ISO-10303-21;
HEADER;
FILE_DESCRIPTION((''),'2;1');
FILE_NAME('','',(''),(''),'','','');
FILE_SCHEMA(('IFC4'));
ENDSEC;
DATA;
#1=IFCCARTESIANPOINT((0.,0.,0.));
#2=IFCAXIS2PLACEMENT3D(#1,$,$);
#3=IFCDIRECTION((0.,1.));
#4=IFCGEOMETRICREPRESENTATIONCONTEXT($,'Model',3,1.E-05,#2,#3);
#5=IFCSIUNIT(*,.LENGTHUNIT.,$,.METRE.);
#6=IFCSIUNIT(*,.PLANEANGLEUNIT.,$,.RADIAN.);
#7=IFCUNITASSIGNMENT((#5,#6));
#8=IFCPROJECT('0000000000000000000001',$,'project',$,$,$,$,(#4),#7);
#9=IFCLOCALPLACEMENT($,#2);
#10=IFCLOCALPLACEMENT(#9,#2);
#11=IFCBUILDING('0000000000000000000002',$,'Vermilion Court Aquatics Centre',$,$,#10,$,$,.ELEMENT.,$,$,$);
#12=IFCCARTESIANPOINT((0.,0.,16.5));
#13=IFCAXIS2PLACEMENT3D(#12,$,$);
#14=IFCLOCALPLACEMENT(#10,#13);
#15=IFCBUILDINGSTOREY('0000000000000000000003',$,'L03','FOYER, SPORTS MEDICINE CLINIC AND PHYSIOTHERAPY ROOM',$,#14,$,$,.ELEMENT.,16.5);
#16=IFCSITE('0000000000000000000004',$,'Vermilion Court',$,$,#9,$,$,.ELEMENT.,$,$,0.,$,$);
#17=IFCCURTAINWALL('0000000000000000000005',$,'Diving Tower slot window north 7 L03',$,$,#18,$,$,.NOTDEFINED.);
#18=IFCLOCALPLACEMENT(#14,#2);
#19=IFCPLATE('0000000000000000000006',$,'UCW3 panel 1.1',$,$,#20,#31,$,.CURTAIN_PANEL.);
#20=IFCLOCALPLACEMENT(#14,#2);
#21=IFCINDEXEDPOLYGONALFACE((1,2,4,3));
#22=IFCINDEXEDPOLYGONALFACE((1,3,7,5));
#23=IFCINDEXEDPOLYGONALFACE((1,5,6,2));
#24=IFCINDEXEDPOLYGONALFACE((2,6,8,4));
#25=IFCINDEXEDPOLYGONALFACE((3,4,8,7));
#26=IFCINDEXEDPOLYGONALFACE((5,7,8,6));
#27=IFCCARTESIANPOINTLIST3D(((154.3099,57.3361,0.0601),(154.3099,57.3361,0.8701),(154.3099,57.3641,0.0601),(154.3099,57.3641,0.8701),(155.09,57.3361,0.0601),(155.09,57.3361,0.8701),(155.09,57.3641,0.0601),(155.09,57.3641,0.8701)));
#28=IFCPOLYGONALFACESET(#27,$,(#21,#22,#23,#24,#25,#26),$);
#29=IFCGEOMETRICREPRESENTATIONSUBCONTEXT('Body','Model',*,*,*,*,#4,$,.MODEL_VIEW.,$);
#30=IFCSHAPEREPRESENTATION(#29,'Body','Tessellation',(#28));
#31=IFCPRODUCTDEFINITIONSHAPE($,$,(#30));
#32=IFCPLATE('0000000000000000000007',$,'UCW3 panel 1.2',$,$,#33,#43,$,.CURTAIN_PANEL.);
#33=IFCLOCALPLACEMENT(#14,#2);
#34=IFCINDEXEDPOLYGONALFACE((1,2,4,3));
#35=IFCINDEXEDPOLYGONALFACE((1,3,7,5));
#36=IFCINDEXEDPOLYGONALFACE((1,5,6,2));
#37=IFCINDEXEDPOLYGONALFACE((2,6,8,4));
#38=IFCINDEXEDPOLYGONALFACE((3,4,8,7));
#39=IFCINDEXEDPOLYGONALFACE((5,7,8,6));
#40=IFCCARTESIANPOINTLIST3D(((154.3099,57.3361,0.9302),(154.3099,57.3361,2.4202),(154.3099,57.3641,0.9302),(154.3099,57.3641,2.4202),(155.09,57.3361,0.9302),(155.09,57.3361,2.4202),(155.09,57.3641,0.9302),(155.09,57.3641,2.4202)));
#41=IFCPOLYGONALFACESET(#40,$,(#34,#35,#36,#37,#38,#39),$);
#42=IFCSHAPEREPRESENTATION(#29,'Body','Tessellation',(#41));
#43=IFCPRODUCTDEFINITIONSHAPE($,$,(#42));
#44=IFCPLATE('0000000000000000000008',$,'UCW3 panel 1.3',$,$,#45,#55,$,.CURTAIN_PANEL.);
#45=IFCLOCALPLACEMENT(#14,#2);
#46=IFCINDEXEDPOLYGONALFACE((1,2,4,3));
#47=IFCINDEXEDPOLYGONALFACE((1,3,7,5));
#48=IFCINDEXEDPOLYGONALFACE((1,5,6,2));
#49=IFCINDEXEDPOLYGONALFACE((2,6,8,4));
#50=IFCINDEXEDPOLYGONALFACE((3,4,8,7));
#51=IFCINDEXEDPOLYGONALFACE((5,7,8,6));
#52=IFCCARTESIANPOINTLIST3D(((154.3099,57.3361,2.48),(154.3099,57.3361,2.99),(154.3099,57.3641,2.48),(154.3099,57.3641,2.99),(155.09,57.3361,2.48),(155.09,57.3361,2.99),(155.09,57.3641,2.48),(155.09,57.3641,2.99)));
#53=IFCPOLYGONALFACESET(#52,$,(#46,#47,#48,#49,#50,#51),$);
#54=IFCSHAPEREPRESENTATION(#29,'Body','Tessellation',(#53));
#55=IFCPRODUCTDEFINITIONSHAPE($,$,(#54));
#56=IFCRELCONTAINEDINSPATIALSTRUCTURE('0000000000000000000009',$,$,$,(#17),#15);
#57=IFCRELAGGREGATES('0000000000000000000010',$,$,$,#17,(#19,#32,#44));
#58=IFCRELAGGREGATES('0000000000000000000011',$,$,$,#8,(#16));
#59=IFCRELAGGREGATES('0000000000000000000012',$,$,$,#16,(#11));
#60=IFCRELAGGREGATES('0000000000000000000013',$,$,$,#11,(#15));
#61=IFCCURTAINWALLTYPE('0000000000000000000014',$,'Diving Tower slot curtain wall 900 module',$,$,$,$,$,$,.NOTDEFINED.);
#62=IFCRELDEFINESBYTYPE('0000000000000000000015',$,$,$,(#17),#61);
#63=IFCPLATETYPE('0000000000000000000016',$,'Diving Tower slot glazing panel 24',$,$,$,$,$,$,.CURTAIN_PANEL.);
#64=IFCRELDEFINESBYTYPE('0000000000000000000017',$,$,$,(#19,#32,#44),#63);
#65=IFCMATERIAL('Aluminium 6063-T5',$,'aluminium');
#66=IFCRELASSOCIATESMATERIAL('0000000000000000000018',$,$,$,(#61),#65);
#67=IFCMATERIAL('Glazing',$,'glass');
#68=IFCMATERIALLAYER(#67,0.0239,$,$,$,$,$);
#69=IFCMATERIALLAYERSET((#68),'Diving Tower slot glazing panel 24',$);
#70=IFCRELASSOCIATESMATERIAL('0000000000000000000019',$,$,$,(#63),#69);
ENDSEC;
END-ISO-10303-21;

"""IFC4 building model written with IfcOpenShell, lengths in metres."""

from ifc_helpers import new_model, si_unit, direction, frame, origin, origin_2d, place, context, subcontext, project, spatial, rectangle, extrude, material, layer, layer_set, type_object, element, aggregate, save


model = new_model("IFC4")

# Units and contexts
model_context = context("Model", 3, precision=1e-05, world=origin(), true_north=direction((0.0, 1.0)))
body_context = subcontext(model_context, "Body", "Model", "MODEL_VIEW")
ifc_project = project(units=[si_unit("LENGTHUNIT", "METRE"), si_unit("PLANEANGLEUNIT", "RADIAN")], contexts=[model_context])

# Site, building, storey
site_placement = place(None, origin())
site = spatial("IfcSite", under=ifc_project, at=site_placement, Name="Vermilion Court", CompositionType="ELEMENT", RefElevation=0.0)
building_placement = place(site_placement, origin())
building = spatial("IfcBuilding", under=site, at=building_placement, Name="Vermilion Court Aquatics Centre", CompositionType="ELEMENT")
storey_placement = place(building_placement, frame((0.0, 0.0, 16.5)))
storey = spatial("IfcBuildingStorey", under=building, at=storey_placement, Name="L03", Description="FOYER, SPORTS MEDICINE CLINIC AND PHYSIOTHERAPY ROOM", CompositionType="ELEMENT", Elevation=16.5)

# Shared definitions
ifc_material_1 = material(Name="Aluminium 6063-T5", Category="aluminium")
curtain_wall_type = type_object("IfcCurtainWallType", Name="Diving Tower slot curtain wall 900 module", PredefinedType="NOTDEFINED", material=ifc_material_1)

# Curtain wall
curtain_wall_1_placement = place(storey_placement, origin())
curtain_wall_1 = element("IfcCurtainWall", 1, at=curtain_wall_1_placement, inside=storey, type_object=curtain_wall_type, Name="Diving Tower slot window north 7 L03", PredefinedType="NOTDEFINED")

# Plates
ifc_material_2 = material(Name="Glazing", Category="glass")
ifc_layer = layer(ifc_material_2, 0.0239)
ifc_layer_set = layer_set([ifc_layer], Name="Diving Tower slot glazing panel 24")
plate_type = type_object("IfcPlateType", Name="Diving Tower slot glazing panel 24", PredefinedType="CURTAIN_PANEL", material=ifc_layer_set)
plate_1_placement = place(storey_placement, frame((154.7, 57.3501, 0.0601), z_axis=(0.0, 0.0, 1.0), x_axis=(1.0, 0.0, 0.0)))
plate_1 = element("IfcPlate", 2, at=plate_1_placement, type_object=plate_type, Name="UCW3 panel 1.1", PredefinedType="CURTAIN_PANEL", context=body_context, shape_type="SweptSolid", body=[
    extrude(rectangle(XDim=0.78, YDim=0.0281, at=origin_2d()), origin(), (0.0, 0.0, 1.0), 0.8101),
])
plate_2_placement = place(storey_placement, frame((154.7, 57.3501, 0.9302), z_axis=(0.0, 0.0, 1.0), x_axis=(1.0, 0.0, 0.0)))
plate_2 = element("IfcPlate", 3, at=plate_2_placement, type_object=plate_type, Name="UCW3 panel 1.2", PredefinedType="CURTAIN_PANEL", context=body_context, shape_type="SweptSolid", body=[
    extrude(rectangle(XDim=0.78, YDim=0.0281, at=origin_2d()), origin(), (0.0, 0.0, 1.0), 1.49),
])
plate_3_placement = place(storey_placement, frame((154.7, 57.3501, 2.48), z_axis=(0.0, 0.0, 1.0), x_axis=(1.0, 0.0, 0.0)))
plate_3 = element("IfcPlate", 4, at=plate_3_placement, type_object=plate_type, Name="UCW3 panel 1.3", PredefinedType="CURTAIN_PANEL", context=body_context, shape_type="SweptSolid", body=[
    extrude(rectangle(XDim=0.78, YDim=0.0281, at=origin_2d()), origin(), (0.0, 0.0, 1.0), 0.51),
])
aggregate(curtain_wall_1, [plate_1, plate_2, plate_3])

save(model, "model.ifc")
